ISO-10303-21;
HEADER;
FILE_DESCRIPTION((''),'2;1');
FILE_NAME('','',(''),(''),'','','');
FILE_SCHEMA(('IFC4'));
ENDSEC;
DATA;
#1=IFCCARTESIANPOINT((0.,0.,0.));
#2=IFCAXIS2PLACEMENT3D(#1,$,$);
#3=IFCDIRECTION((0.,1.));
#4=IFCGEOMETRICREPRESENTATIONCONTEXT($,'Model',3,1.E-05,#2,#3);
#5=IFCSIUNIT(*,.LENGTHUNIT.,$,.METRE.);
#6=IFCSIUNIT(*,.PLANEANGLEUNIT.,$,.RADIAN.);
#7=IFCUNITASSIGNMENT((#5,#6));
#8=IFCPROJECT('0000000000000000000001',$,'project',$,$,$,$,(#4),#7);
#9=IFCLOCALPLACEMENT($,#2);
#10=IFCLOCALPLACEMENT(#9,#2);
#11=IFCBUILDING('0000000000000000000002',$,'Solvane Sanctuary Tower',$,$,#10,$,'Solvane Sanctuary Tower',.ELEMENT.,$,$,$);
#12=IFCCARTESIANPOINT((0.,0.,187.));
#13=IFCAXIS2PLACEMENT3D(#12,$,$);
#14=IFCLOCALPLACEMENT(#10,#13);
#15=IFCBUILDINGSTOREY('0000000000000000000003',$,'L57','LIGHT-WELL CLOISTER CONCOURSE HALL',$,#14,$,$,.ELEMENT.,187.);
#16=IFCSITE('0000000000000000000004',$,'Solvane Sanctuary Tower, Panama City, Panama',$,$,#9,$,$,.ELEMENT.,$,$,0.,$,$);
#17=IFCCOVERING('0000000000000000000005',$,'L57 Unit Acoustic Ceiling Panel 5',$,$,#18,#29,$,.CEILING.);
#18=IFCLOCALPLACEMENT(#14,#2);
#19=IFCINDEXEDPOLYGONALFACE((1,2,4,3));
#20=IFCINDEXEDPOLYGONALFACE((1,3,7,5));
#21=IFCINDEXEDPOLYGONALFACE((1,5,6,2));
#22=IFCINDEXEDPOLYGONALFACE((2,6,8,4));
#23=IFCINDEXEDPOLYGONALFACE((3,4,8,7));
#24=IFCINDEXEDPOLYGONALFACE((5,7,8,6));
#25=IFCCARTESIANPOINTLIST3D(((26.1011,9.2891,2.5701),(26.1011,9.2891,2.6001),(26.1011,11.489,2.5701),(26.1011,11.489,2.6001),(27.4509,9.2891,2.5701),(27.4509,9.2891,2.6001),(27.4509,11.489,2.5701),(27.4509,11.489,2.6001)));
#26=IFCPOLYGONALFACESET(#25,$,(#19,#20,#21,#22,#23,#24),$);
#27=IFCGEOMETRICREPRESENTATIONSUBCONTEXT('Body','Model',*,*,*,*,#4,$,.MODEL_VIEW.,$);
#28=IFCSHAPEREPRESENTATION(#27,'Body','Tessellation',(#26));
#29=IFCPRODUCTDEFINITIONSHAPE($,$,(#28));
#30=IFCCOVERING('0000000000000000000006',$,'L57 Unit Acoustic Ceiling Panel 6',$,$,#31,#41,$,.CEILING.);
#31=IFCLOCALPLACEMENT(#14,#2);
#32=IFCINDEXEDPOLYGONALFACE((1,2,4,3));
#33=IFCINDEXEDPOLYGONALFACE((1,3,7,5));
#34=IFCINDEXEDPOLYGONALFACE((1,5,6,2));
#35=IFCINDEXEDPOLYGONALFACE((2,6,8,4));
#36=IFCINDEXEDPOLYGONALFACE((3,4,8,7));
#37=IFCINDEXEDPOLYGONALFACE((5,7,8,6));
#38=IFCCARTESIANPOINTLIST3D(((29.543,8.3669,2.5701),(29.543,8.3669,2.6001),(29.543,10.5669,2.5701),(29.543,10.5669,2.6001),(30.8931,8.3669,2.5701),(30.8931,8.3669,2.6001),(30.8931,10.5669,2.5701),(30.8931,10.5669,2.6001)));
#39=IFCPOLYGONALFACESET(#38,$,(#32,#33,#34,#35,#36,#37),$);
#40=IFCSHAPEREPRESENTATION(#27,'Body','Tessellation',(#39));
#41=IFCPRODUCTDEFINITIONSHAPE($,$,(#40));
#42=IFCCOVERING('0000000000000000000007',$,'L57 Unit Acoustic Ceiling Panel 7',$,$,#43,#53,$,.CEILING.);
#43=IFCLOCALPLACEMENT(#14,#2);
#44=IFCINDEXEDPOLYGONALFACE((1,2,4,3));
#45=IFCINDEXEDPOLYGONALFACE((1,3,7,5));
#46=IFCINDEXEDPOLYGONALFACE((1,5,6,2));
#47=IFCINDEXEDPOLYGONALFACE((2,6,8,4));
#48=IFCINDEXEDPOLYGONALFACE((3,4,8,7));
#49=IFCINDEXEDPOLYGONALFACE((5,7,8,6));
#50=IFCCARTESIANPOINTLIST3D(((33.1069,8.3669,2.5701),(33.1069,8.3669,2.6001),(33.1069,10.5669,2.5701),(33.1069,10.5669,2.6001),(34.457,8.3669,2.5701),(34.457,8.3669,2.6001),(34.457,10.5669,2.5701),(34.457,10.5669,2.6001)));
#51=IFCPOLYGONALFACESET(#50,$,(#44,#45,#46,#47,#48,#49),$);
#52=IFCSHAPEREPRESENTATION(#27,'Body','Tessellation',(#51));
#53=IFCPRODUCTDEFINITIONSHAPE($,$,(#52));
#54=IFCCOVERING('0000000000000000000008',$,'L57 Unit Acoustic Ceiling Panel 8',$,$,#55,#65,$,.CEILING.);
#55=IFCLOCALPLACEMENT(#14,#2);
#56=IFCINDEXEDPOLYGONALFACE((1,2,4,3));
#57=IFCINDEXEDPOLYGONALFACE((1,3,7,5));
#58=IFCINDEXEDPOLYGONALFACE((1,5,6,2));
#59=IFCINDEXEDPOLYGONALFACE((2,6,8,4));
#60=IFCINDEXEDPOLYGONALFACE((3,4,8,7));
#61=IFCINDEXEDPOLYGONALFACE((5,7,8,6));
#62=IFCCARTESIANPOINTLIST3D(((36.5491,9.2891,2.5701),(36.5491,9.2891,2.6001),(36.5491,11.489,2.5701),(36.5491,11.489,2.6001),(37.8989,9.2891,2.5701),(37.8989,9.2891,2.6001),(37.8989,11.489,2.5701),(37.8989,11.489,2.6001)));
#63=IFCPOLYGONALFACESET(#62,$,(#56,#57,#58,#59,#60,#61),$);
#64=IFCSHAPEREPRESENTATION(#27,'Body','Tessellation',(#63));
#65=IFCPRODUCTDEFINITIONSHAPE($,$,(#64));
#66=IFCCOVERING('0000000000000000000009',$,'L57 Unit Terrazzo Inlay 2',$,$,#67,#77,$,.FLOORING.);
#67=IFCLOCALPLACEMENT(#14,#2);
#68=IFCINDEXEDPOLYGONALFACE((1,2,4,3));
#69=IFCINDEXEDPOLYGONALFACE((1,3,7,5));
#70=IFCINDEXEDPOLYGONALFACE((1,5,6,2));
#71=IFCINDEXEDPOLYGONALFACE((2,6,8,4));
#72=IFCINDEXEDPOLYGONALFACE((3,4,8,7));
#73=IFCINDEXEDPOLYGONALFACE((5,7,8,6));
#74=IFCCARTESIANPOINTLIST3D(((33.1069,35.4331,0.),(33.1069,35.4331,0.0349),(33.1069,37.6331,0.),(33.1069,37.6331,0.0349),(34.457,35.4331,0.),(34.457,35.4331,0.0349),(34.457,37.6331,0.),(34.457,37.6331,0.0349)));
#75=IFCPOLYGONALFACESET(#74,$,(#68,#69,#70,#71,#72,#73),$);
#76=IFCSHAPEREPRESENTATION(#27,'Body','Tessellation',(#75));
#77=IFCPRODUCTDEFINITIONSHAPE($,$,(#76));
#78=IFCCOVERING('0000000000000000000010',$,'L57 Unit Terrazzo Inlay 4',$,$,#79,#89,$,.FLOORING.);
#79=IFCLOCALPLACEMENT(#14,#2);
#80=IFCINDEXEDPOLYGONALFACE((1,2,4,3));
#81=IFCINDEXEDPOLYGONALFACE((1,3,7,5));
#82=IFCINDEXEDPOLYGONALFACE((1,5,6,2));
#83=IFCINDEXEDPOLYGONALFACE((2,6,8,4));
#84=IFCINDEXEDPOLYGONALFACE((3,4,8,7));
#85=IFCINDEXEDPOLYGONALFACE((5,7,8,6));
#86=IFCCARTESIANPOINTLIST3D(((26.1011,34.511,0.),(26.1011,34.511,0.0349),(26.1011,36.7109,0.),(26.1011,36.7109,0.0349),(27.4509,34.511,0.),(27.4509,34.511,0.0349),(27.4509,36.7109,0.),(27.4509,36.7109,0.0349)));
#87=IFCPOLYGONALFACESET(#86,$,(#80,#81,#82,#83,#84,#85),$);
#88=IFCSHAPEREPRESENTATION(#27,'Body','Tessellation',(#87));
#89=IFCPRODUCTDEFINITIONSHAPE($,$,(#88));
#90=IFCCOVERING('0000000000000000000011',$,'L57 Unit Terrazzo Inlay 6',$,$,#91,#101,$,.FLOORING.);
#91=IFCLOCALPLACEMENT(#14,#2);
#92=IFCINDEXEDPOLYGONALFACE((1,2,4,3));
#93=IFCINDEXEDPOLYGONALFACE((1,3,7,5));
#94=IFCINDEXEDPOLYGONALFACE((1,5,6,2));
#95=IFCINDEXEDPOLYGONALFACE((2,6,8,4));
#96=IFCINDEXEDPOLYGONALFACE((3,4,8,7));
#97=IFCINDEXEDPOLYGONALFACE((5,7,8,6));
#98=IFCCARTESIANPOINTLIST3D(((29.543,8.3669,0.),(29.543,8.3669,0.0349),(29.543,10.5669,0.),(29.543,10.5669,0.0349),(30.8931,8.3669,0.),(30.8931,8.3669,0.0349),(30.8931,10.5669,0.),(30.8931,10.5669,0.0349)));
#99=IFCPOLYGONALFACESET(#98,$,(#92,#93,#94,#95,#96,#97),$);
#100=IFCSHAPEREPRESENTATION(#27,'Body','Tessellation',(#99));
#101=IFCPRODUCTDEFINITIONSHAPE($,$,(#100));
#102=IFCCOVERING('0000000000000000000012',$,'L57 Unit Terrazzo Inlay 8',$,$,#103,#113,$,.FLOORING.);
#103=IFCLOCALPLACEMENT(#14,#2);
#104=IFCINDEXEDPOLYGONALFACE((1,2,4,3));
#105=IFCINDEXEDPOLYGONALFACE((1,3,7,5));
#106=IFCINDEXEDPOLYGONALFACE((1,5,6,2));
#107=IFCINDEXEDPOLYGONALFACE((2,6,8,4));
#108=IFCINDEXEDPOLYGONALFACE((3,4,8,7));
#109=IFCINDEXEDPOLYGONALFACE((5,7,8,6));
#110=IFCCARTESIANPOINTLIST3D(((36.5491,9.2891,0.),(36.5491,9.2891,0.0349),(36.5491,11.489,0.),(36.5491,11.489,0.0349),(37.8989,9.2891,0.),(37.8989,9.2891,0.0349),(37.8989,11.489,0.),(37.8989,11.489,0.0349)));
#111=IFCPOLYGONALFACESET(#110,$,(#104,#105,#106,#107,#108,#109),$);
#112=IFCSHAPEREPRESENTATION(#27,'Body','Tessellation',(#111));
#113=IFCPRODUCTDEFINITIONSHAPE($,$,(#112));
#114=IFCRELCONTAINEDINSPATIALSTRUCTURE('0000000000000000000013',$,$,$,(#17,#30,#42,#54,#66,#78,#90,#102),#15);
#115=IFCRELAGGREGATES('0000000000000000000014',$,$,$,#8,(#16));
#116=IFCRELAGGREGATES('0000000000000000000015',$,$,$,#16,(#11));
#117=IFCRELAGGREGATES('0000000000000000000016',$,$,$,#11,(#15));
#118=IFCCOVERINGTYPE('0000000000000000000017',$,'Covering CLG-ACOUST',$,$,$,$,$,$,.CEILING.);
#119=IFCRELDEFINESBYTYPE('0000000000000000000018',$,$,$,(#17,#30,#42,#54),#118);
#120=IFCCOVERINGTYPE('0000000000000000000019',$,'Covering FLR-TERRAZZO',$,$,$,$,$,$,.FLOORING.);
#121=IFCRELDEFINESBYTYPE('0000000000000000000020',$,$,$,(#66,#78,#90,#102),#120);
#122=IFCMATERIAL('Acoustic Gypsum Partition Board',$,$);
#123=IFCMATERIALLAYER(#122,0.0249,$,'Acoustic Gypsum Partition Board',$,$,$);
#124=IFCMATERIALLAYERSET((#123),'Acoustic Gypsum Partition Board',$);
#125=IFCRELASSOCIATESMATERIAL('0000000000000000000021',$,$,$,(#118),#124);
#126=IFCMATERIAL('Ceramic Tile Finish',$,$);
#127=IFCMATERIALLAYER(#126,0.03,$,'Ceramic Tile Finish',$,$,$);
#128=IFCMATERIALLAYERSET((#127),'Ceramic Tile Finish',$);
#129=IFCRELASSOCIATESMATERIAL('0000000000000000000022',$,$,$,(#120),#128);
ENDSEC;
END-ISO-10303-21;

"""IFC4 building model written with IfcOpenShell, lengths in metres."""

from ifc_helpers import new_model, si_unit, direction, frame, origin, place, context, subcontext, project, spatial, polyline, outline, extrude, material, layer, layer_set, type_object, element, save


model = new_model("IFC4")

# Units and contexts
model_context = context("Model", 3, precision=1e-05, world=origin(), true_north=direction((0.0, 1.0)))
body_context = subcontext(model_context, "Body", "Model", "MODEL_VIEW")
ifc_project = project(units=[si_unit("LENGTHUNIT", "METRE"), si_unit("PLANEANGLEUNIT", "RADIAN")], contexts=[model_context])

# Site, building, storey
site_placement = place(None, origin())
site = spatial("IfcSite", under=ifc_project, at=site_placement, Name="Solvane Sanctuary Tower, Panama City, Panama", CompositionType="ELEMENT", RefElevation=0.0)
building_placement = place(site_placement, origin())
building = spatial("IfcBuilding", under=site, at=building_placement, Name="Solvane Sanctuary Tower", LongName="Solvane Sanctuary Tower", CompositionType="ELEMENT")
storey_placement = place(building_placement, frame((0.0, 0.0, 187.0)))
storey = spatial("IfcBuildingStorey", under=building, at=storey_placement, Name="L57", Description="LIGHT-WELL CLOISTER CONCOURSE HALL", CompositionType="ELEMENT", Elevation=187.0)

# Coverings
ifc_material_1 = material(Name="Acoustic Gypsum Partition Board")
ifc_layer_1 = layer(ifc_material_1, 0.0249, Name="Acoustic Gypsum Partition Board")
ifc_layer_set_1 = layer_set([ifc_layer_1], Name="Acoustic Gypsum Partition Board")
covering_type_1 = type_object("IfcCoveringType", Name="Covering CLG-ACOUST", PredefinedType="CEILING", material=ifc_layer_set_1)
covering_1_placement = place(storey_placement, frame((0.0, 0.0, 2.5701)))
element("IfcCovering", 1, at=covering_1_placement, inside=storey, type_object=covering_type_1, Name="L57 Unit Acoustic Ceiling Panel 5", PredefinedType="CEILING", context=body_context, shape_type="SweptSolid", body=[
    extrude(outline(polyline([(26.1011, 9.2891), (27.4509, 9.2891), (27.4509, 11.489), (26.1011, 11.489), (26.1011, 9.2891)])), origin(), (0.0, 0.0, 1.0), 0.03),
])
covering_2_placement = place(storey_placement, frame((0.0, 0.0, 2.5701)))
element("IfcCovering", 2, at=covering_2_placement, inside=storey, type_object=covering_type_1, Name="L57 Unit Acoustic Ceiling Panel 6", PredefinedType="CEILING", context=body_context, shape_type="SweptSolid", body=[
    extrude(outline(polyline([(29.543, 8.3669), (30.8931, 8.3669), (30.8931, 10.5669), (29.543, 10.5669), (29.543, 8.3669)])), origin(), (0.0, 0.0, 1.0), 0.03),
])
covering_3_placement = place(storey_placement, frame((0.0, 0.0, 2.5701)))
element("IfcCovering", 3, at=covering_3_placement, inside=storey, type_object=covering_type_1, Name="L57 Unit Acoustic Ceiling Panel 7", PredefinedType="CEILING", context=body_context, shape_type="SweptSolid", body=[
    extrude(outline(polyline([(33.1069, 8.3669), (34.457, 8.3669), (34.457, 10.5669), (33.1069, 10.5669), (33.1069, 8.3669)])), origin(), (0.0, 0.0, 1.0), 0.03),
])
covering_4_placement = place(storey_placement, frame((0.0, 0.0, 2.5701)))
element("IfcCovering", 4, at=covering_4_placement, inside=storey, type_object=covering_type_1, Name="L57 Unit Acoustic Ceiling Panel 8", PredefinedType="CEILING", context=body_context, shape_type="SweptSolid", body=[
    extrude(outline(polyline([(36.5491, 9.2891), (37.8989, 9.2891), (37.8989, 11.489), (36.5491, 11.489), (36.5491, 9.2891)])), origin(), (0.0, 0.0, 1.0), 0.03),
])
ifc_material_2 = material(Name="Ceramic Tile Finish")
ifc_layer_2 = layer(ifc_material_2, 0.03, Name="Ceramic Tile Finish")
ifc_layer_set_2 = layer_set([ifc_layer_2], Name="Ceramic Tile Finish")
covering_type_2 = type_object("IfcCoveringType", Name="Covering FLR-TERRAZZO", PredefinedType="FLOORING", material=ifc_layer_set_2)
covering_5_placement = place(storey_placement, origin())
element("IfcCovering", 5, at=covering_5_placement, inside=storey, type_object=covering_type_2, Name="L57 Unit Terrazzo Inlay 2", PredefinedType="FLOORING", context=body_context, shape_type="SweptSolid", body=[
    extrude(outline(polyline([(33.1069, 35.4331), (34.457, 35.4331), (34.457, 37.6331), (33.1069, 37.6331), (33.1069, 35.4331)])), origin(), (0.0, 0.0, 1.0), 0.0349),
])
covering_6_placement = place(storey_placement, origin())
element("IfcCovering", 6, at=covering_6_placement, inside=storey, type_object=covering_type_2, Name="L57 Unit Terrazzo Inlay 4", PredefinedType="FLOORING", context=body_context, shape_type="SweptSolid", body=[
    extrude(outline(polyline([(26.1011, 34.511), (27.4509, 34.511), (27.4509, 36.7109), (26.1011, 36.7109), (26.1011, 34.511)])), origin(), (0.0, 0.0, 1.0), 0.0349),
])
covering_7_placement = place(storey_placement, origin())
element("IfcCovering", 7, at=covering_7_placement, inside=storey, type_object=covering_type_2, Name="L57 Unit Terrazzo Inlay 6", PredefinedType="FLOORING", context=body_context, shape_type="SweptSolid", body=[
    extrude(outline(polyline([(29.543, 8.3669), (30.8931, 8.3669), (30.8931, 10.5669), (29.543, 10.5669), (29.543, 8.3669)])), origin(), (0.0, 0.0, 1.0), 0.0349),
])
covering_8_placement = place(storey_placement, origin())
element("IfcCovering", 8, at=covering_8_placement, inside=storey, type_object=covering_type_2, Name="L57 Unit Terrazzo Inlay 8", PredefinedType="FLOORING", context=body_context, shape_type="SweptSolid", body=[
    extrude(outline(polyline([(36.5491, 9.2891), (37.8989, 9.2891), (37.8989, 11.489), (36.5491, 11.489), (36.5491, 9.2891)])), origin(), (0.0, 0.0, 1.0), 0.0349),
])

save(model, "model.ifc")
